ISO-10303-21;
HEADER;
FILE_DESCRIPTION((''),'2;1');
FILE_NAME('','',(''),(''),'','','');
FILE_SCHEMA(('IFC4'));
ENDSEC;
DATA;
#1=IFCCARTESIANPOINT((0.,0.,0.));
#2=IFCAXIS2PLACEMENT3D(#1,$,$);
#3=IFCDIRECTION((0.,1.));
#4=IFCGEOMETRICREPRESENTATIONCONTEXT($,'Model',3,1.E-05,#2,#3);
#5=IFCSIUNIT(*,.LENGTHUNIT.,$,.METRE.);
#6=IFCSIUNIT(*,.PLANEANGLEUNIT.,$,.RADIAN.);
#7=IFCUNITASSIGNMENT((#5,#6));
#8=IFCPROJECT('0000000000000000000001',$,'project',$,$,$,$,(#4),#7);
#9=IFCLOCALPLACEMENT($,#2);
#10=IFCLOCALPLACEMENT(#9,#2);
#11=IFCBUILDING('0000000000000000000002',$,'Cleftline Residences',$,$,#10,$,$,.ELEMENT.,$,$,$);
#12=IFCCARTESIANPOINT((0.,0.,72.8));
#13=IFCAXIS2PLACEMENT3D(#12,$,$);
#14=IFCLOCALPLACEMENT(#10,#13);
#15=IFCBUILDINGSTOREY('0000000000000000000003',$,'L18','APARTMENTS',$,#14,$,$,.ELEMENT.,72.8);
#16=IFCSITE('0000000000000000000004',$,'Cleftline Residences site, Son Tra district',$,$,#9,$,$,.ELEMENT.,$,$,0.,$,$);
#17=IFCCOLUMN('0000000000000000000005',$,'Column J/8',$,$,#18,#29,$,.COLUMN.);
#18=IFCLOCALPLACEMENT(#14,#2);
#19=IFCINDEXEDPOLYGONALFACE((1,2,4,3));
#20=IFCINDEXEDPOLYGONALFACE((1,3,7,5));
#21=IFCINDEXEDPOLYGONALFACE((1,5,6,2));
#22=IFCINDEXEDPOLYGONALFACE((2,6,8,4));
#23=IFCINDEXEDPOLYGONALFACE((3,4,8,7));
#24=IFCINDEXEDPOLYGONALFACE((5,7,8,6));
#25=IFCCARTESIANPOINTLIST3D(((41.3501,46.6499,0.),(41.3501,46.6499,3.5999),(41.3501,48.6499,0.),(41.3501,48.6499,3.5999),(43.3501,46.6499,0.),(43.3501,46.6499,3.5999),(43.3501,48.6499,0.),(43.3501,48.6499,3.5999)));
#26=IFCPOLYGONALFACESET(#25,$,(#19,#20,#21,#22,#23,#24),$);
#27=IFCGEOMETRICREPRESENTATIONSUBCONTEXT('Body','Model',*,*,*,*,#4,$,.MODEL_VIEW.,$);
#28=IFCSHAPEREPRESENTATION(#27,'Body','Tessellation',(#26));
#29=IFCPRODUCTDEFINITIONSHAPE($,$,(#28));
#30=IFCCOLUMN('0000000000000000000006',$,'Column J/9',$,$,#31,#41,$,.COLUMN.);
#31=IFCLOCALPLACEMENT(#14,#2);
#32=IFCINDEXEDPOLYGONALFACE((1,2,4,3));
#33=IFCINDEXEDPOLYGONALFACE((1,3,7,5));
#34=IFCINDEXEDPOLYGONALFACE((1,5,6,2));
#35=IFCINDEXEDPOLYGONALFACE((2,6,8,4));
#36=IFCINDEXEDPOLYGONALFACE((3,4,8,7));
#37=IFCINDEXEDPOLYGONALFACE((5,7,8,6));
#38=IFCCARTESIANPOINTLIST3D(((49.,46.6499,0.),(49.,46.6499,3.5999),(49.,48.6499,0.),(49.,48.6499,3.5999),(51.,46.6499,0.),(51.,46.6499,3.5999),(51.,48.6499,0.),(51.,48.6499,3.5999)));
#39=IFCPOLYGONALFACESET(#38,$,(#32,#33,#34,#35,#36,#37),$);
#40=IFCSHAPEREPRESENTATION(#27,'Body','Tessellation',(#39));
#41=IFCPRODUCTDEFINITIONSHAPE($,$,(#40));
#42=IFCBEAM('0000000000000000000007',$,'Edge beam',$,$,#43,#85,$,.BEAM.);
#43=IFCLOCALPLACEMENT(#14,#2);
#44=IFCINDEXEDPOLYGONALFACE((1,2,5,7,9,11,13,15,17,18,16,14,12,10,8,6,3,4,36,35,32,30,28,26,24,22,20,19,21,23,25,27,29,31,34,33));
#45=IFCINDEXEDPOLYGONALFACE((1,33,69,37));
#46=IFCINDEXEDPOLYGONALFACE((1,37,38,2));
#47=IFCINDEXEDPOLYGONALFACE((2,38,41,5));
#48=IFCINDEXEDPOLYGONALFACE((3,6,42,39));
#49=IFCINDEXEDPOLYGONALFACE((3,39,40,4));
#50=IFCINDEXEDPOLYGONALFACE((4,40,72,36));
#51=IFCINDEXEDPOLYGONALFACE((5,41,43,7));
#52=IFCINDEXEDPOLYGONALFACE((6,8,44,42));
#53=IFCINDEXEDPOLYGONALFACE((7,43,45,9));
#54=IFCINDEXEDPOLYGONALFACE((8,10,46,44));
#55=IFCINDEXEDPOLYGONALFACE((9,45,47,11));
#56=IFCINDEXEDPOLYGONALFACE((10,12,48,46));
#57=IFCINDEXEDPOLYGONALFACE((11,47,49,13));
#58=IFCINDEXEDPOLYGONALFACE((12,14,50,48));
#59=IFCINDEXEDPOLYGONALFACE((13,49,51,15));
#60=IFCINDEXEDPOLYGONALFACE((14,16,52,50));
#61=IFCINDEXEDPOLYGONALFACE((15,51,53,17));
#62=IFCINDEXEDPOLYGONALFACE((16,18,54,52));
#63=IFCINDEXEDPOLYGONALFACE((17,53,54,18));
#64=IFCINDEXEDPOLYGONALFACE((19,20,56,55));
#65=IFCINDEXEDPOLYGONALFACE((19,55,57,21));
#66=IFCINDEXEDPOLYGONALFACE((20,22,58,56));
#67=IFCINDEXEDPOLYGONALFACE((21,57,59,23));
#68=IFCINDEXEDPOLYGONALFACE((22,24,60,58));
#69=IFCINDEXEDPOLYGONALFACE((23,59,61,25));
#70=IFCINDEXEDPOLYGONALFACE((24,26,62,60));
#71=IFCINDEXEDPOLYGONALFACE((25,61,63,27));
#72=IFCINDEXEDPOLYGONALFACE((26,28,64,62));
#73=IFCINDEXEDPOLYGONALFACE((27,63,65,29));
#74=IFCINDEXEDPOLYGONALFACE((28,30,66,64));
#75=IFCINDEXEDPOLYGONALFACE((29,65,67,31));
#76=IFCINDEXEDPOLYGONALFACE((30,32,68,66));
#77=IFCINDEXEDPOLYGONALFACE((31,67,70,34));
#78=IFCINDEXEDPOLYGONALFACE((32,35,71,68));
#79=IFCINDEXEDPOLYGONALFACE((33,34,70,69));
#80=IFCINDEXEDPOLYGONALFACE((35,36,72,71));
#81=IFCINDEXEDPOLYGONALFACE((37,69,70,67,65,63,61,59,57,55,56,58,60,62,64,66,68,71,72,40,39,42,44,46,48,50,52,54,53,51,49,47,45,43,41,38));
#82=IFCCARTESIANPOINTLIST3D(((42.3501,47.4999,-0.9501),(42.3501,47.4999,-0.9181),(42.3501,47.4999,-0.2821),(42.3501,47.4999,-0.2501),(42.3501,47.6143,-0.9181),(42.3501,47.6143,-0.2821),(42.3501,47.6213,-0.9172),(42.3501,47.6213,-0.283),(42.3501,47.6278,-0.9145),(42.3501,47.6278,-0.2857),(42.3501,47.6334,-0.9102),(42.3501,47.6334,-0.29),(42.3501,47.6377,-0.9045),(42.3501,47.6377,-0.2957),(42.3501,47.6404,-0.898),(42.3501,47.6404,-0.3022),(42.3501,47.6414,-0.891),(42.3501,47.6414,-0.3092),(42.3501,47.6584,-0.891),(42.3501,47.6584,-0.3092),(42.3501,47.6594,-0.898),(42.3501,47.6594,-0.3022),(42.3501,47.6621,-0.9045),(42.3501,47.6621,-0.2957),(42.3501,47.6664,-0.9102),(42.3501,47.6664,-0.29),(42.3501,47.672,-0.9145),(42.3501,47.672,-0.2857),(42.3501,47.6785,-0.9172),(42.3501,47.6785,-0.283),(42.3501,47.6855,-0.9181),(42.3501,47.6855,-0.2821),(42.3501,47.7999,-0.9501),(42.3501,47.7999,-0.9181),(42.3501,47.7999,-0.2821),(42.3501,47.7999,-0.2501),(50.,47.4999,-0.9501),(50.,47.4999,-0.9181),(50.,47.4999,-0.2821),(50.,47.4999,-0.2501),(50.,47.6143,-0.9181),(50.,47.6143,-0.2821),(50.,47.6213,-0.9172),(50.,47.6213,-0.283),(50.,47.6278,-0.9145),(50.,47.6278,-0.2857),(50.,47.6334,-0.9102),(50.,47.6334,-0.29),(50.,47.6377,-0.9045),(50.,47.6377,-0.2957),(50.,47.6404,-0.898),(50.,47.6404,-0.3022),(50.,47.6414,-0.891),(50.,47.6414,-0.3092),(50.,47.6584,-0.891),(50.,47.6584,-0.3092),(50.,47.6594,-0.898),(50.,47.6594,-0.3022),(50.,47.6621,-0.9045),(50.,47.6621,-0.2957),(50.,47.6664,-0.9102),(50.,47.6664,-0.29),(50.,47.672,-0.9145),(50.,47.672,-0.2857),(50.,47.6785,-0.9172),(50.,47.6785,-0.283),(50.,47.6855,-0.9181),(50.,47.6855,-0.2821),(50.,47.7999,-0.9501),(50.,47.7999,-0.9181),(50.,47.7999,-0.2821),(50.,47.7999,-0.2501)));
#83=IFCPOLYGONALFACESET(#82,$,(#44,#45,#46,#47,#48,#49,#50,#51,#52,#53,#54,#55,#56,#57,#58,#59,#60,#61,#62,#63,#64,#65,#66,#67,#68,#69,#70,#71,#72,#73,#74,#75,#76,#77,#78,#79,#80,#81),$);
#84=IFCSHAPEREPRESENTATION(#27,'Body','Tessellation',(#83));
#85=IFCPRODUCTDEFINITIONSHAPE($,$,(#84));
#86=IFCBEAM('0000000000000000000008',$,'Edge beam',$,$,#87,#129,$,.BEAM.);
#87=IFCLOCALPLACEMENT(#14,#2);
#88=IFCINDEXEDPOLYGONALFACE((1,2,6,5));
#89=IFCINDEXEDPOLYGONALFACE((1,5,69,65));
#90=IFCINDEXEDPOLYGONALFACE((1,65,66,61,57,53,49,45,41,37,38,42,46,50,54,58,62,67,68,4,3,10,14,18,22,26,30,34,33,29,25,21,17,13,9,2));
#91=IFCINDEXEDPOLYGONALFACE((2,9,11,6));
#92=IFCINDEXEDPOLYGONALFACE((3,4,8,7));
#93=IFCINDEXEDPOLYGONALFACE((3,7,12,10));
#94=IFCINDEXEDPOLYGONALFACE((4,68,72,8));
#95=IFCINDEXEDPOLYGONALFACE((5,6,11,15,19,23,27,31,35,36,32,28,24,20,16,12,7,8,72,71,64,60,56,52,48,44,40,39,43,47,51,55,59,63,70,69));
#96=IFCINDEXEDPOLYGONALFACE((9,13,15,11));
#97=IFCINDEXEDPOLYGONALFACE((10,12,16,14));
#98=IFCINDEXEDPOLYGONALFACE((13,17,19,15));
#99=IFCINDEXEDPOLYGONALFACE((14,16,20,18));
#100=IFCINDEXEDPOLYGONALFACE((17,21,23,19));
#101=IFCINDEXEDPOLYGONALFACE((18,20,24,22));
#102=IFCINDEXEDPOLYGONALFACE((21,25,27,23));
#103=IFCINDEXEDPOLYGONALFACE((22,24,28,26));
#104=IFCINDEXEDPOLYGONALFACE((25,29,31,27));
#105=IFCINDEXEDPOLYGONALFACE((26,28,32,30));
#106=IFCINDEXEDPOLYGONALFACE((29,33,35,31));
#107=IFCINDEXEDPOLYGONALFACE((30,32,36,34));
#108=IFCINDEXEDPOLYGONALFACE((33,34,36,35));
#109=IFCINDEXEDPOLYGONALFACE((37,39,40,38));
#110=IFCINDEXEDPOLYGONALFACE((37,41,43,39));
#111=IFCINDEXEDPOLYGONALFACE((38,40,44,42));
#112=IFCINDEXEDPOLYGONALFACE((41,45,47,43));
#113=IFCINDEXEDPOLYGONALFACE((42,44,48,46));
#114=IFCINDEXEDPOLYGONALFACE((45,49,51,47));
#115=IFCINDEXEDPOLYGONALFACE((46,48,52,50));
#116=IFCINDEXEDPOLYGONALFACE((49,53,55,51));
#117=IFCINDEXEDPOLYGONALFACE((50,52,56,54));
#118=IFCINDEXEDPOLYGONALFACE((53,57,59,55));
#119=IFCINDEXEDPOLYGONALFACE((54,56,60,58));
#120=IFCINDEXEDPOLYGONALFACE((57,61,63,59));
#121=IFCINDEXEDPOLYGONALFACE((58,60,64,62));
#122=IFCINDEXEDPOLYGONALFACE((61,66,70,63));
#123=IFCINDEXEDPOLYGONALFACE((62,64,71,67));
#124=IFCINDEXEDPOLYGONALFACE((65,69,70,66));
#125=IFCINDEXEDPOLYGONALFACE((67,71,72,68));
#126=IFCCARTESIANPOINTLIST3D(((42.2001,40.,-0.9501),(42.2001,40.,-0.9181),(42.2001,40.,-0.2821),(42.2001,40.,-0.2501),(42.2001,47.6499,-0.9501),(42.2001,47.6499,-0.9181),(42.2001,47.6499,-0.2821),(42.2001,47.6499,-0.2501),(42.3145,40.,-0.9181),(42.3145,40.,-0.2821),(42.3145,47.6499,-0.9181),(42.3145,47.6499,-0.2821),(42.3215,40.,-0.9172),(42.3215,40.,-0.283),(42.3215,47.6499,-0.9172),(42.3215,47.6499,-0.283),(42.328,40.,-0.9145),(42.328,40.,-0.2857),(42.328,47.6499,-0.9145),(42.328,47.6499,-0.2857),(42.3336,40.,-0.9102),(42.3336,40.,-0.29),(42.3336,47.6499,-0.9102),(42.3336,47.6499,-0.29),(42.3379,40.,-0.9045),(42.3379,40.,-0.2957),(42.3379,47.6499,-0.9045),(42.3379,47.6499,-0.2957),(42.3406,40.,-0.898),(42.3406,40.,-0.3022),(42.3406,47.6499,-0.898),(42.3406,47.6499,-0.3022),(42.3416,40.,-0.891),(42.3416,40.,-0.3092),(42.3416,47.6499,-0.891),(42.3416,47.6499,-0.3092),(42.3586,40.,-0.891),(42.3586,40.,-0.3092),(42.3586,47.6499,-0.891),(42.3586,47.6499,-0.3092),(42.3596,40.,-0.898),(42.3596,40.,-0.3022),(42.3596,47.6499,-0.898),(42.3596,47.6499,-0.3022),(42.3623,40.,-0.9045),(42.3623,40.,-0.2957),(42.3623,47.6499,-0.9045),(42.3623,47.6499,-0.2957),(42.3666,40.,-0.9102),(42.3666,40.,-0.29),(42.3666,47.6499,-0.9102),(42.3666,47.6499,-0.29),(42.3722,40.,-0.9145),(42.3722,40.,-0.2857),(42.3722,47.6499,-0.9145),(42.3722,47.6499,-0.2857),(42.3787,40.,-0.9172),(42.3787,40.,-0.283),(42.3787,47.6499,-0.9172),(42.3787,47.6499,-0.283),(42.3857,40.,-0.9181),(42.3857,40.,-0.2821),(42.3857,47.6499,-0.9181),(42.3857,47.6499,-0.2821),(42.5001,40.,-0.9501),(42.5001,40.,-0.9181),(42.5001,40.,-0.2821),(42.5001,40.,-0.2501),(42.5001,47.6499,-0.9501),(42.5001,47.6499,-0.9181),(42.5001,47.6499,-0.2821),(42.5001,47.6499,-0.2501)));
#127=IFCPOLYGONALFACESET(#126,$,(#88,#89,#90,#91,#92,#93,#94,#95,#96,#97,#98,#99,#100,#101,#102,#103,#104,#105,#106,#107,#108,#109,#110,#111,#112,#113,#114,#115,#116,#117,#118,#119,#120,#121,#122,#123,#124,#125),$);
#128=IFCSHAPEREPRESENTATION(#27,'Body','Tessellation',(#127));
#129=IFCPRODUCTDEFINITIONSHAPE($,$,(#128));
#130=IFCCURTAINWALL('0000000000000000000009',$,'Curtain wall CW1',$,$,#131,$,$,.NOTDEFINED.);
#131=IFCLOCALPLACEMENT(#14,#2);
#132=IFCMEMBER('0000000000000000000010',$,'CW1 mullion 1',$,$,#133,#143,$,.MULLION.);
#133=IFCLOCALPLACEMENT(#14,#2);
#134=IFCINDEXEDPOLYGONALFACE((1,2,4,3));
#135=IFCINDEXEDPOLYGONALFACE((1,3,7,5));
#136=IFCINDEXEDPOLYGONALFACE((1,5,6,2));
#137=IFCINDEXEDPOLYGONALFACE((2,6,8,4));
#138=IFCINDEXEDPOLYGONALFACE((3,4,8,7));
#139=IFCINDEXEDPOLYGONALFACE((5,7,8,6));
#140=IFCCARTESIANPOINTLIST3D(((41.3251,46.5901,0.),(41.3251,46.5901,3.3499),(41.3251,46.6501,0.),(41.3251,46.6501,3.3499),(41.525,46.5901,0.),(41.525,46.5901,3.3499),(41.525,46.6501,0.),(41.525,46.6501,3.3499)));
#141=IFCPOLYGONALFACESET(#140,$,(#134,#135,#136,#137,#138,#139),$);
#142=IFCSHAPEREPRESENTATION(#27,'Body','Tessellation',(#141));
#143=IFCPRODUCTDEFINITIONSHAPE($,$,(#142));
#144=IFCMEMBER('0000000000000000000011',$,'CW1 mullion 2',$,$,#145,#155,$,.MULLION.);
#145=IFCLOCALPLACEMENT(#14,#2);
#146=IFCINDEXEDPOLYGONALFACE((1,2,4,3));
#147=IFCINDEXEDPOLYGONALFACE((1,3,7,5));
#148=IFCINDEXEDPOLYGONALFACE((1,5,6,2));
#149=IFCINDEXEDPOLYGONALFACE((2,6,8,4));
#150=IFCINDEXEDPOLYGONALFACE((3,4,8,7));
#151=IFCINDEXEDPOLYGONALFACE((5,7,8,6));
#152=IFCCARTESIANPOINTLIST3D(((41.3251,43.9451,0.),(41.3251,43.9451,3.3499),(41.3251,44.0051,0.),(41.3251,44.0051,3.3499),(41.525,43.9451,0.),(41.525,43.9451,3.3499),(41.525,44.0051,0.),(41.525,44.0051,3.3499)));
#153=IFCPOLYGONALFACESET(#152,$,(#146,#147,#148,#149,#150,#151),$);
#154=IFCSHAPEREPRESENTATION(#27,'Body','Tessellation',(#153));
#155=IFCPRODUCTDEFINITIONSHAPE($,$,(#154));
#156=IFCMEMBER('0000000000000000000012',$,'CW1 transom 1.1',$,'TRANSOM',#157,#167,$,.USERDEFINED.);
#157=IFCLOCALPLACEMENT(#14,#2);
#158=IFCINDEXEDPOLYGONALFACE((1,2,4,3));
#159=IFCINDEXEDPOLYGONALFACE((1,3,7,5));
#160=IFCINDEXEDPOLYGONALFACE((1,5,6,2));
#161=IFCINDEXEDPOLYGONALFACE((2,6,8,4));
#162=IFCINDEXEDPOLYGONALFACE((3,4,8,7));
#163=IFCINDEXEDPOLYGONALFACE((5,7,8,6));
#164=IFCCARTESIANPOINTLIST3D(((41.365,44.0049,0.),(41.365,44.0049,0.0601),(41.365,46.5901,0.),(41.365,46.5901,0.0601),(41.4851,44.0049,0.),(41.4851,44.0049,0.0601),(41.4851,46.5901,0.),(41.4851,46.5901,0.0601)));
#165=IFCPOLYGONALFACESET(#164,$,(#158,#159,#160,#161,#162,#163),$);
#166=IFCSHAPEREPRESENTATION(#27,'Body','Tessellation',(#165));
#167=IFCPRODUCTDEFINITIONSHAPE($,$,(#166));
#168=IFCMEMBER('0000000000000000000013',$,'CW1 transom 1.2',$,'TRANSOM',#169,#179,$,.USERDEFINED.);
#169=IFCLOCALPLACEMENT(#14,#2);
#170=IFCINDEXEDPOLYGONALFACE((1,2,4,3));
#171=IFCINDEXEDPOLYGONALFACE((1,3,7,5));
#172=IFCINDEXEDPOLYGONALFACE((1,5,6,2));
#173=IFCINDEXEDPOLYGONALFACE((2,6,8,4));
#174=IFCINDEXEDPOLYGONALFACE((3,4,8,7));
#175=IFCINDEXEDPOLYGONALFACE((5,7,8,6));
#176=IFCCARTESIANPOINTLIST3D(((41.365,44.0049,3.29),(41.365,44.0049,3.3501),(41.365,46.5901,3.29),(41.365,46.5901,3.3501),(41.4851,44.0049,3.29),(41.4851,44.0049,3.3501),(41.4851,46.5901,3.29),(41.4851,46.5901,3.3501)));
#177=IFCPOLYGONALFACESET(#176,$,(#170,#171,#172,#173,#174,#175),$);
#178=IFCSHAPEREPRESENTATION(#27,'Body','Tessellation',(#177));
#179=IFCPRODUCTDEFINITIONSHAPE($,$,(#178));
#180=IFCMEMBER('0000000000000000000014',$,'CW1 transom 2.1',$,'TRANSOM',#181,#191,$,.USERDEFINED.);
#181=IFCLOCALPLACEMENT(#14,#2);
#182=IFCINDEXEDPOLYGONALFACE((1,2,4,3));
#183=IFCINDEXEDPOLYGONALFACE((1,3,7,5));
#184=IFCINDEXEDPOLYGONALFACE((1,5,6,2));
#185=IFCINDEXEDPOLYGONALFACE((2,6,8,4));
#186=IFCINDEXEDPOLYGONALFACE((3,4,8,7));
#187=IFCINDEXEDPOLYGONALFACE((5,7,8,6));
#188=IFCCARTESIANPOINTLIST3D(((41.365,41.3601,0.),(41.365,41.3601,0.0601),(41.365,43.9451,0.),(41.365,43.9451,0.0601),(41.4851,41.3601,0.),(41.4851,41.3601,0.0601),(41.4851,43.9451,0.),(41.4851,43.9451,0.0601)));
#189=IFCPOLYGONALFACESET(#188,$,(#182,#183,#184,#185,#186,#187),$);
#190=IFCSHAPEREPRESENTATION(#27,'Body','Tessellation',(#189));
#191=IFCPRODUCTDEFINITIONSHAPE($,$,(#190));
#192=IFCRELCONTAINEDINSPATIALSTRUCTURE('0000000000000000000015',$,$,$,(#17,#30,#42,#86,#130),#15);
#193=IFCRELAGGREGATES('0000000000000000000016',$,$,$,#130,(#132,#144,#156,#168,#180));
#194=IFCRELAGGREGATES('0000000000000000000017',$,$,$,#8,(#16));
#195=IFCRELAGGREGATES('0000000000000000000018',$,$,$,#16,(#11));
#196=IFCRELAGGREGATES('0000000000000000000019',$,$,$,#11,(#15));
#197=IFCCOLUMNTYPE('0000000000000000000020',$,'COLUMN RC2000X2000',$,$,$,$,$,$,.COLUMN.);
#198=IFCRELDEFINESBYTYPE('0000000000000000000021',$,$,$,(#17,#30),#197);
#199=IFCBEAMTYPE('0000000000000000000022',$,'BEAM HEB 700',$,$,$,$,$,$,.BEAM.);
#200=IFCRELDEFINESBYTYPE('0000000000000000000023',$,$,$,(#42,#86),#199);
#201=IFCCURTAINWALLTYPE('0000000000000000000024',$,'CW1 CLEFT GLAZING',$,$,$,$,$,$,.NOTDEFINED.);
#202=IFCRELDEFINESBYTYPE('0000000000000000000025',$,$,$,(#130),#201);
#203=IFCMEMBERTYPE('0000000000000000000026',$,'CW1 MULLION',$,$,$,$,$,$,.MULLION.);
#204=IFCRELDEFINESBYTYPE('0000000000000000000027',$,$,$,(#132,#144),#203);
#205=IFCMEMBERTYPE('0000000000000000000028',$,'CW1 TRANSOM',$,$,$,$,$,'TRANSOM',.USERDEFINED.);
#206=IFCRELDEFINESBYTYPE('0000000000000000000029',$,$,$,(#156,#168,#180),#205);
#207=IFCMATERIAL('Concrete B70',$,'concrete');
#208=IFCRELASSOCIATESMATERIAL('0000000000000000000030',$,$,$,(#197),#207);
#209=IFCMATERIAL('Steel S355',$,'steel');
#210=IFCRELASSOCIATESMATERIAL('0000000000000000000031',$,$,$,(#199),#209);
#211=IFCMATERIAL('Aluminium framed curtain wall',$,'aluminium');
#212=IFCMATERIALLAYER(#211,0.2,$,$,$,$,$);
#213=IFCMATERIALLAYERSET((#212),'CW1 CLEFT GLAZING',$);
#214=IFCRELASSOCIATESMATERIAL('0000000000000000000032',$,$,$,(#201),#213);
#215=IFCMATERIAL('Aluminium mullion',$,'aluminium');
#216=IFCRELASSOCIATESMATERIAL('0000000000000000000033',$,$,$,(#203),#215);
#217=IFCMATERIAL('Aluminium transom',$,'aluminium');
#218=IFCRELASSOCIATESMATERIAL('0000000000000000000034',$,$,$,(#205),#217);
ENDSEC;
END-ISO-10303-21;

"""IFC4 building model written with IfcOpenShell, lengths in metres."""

from ifc_helpers import new_model, si_unit, direction, frame, origin, origin_2d, place, context, subcontext, project, spatial, rectangle, i_section, extrude, material, layer, layer_set, material_profile, profile_set, type_object, element, aggregate, save


model = new_model("IFC4")

# Units and contexts
model_context = context("Model", 3, precision=1e-05, world=origin(), true_north=direction((0.0, 1.0)))
body_context = subcontext(model_context, "Body", "Model", "MODEL_VIEW")
ifc_project = project(units=[si_unit("LENGTHUNIT", "METRE"), si_unit("PLANEANGLEUNIT", "RADIAN")], contexts=[model_context])

# Site, building, storey
site_placement = place(None, origin())
site = spatial("IfcSite", under=ifc_project, at=site_placement, Name="Cleftline Residences site, Son Tra district", CompositionType="ELEMENT", RefElevation=0.0)
building_placement = place(site_placement, origin())
building = spatial("IfcBuilding", under=site, at=building_placement, Name="Cleftline Residences", CompositionType="ELEMENT")
storey_placement = place(building_placement, frame((0.0, 0.0, 72.8)))
storey = spatial("IfcBuildingStorey", under=building, at=storey_placement, Name="L18", Description="APARTMENTS", CompositionType="ELEMENT", Elevation=72.8)

# Columns
ifc_material_1 = material(Name="Concrete B70", Category="concrete")
ifc_material_profile_1 = material_profile(ifc_material_1, rectangle(XDim=2.0, YDim=2.0, at=origin_2d()))
ifc_profile_set_1 = profile_set([ifc_material_profile_1], Name="Concrete B70")
column_type = type_object("IfcColumnType", Name="COLUMN RC2000X2000", PredefinedType="COLUMN", material=ifc_profile_set_1)
for number, where, z_axis, x_axis, name in (
    (1, (42.3501, 47.6499, 0.0), (0.0, 0.0, 1.0), (1.0, 0.0, 0.0), "Column J/8"),
    (2, (50.0, 47.6499, 0.0), (0.0, 0.0, 1.0), (1.0, 0.0, 0.0), "Column J/9"),
):
    element("IfcColumn", number, at=place(storey_placement, frame(where, z_axis=z_axis, x_axis=x_axis)), inside=storey, type_object=column_type, Name=name, PredefinedType="COLUMN", context=body_context, shape_type="SweptSolid", body=[
        extrude(rectangle(XDim=2.0, YDim=2.0, at=origin_2d()), origin(), (0.0, 0.0, 1.0), 3.5999),
    ])

# Beams
ifc_material_2 = material(Name="Steel S355", Category="steel")
ifc_material_profile_2 = material_profile(ifc_material_2, i_section(OverallWidth=0.3, OverallDepth=0.7, WebThickness=0.0171, FlangeThickness=0.032, FilletRadius=0.0271, at=origin_2d()))
ifc_profile_set_2 = profile_set([ifc_material_profile_2], Name="Steel S355")
beam_type = type_object("IfcBeamType", Name="BEAM HEB 700", PredefinedType="BEAM", material=ifc_profile_set_2)
for number, where, z_axis, x_axis, name in (
    (3, (50.0, 47.6499, -0.6001), (-1.0, 0.0, 0.0), (0.0, -1.0, 0.0), "Edge beam"),
    (4, (42.3501, 47.6499, -0.6001), (0.0, -1.0, 0.0), (1.0, 0.0, 0.0), "Edge beam"),
):
    element("IfcBeam", number, at=place(storey_placement, frame(where, z_axis=z_axis, x_axis=x_axis)), inside=storey, type_object=beam_type, Name=name, PredefinedType="BEAM", context=body_context, shape_type="SweptSolid", body=[
        extrude(i_section(OverallWidth=0.3, OverallDepth=0.7, WebThickness=0.0171, FlangeThickness=0.032, FilletRadius=0.0271, at=origin_2d()), origin(), (0.0, 0.0, 1.0), 7.6499),
    ])

# Curtain wall, members
ifc_material_3 = material(Name="Aluminium framed curtain wall", Category="aluminium")
ifc_layer_1 = layer(ifc_material_3, 0.2)
ifc_layer_set_1 = layer_set([ifc_layer_1], Name="CW1 CLEFT GLAZING")
curtain_wall_type = type_object("IfcCurtainWallType", Name="CW1 CLEFT GLAZING", PredefinedType="NOTDEFINED", material=ifc_layer_set_1)
curtain_wall_placement = place(storey_placement, origin())
curtain_wall = element("IfcCurtainWall", 5, at=curtain_wall_placement, inside=storey, type_object=curtain_wall_type, Name="Curtain wall CW1", PredefinedType="NOTDEFINED")
ifc_material_4 = material(Name="Aluminium mullion", Category="aluminium")
ifc_material_profile_3 = material_profile(ifc_material_4, rectangle(XDim=0.2, YDim=0.0601, at=origin_2d()))
ifc_profile_set_3 = profile_set([ifc_material_profile_3], Name="Aluminium mullion")
member_type_1 = type_object("IfcMemberType", Name="CW1 MULLION", PredefinedType="MULLION", material=ifc_profile_set_3)
member_1_placement = place(storey_placement, frame((41.425, 46.6201, 0.0), z_axis=(0.0, 0.0, 1.0), x_axis=(1.0, 0.0, 0.0)))
member_1 = element("IfcMember", 6, at=member_1_placement, type_object=member_type_1, Name="CW1 mullion 1", PredefinedType="MULLION", context=body_context, shape_type="SweptSolid", body=[
    extrude(rectangle(XDim=0.2, YDim=0.0601, at=origin_2d()), origin(), (0.0, 0.0, 1.0), 3.3499),
])
member_2_placement = place(storey_placement, frame((41.425, 43.9751, 0.0), z_axis=(0.0, 0.0, 1.0), x_axis=(1.0, 0.0, 0.0)))
member_2 = element("IfcMember", 7, at=member_2_placement, type_object=member_type_1, Name="CW1 mullion 2", PredefinedType="MULLION", context=body_context, shape_type="SweptSolid", body=[
    extrude(rectangle(XDim=0.2, YDim=0.0601, at=origin_2d()), origin(), (0.0, 0.0, 1.0), 3.3499),
])
ifc_material_5 = material(Name="Aluminium transom", Category="aluminium")
ifc_material_profile_4 = material_profile(ifc_material_5, rectangle(XDim=0.1201, YDim=0.0601, at=origin_2d()))
ifc_profile_set_4 = profile_set([ifc_material_profile_4], Name="Aluminium transom")
member_type_2 = type_object("IfcMemberType", Name="CW1 TRANSOM", ElementType="TRANSOM", PredefinedType="USERDEFINED", material=ifc_profile_set_4)
member_3_placement = place(storey_placement, frame((41.425, 46.5901, 0.03), z_axis=(0.0, -1.0, 0.0), x_axis=(1.0, 0.0, 0.0)))
member_3 = element("IfcMember", 8, at=member_3_placement, type_object=member_type_2, Name="CW1 transom 1.1", ObjectType="TRANSOM", PredefinedType="USERDEFINED", context=body_context, shape_type="SweptSolid", body=[
    extrude(rectangle(XDim=0.1201, YDim=0.0601, at=origin_2d()), origin(), (0.0, 0.0, 1.0), 2.5852),
])
member_4_placement = place(storey_placement, frame((41.425, 46.5901, 3.3201), z_axis=(0.0, -1.0, 0.0), x_axis=(1.0, 0.0, 0.0)))
member_4 = element("IfcMember", 9, at=member_4_placement, type_object=member_type_2, Name="CW1 transom 1.2", ObjectType="TRANSOM", PredefinedType="USERDEFINED", context=body_context, shape_type="SweptSolid", body=[
    extrude(rectangle(XDim=0.1201, YDim=0.0601, at=origin_2d()), origin(), (0.0, 0.0, 1.0), 2.5852),
])
member_5_placement = place(storey_placement, frame((41.425, 43.9451, 0.03), z_axis=(0.0, -1.0, 0.0), x_axis=(1.0, 0.0, 0.0)))
member_5 = element("IfcMember", 10, at=member_5_placement, type_object=member_type_2, Name="CW1 transom 2.1", ObjectType="TRANSOM", PredefinedType="USERDEFINED", context=body_context, shape_type="SweptSolid", body=[
    extrude(rectangle(XDim=0.1201, YDim=0.0601, at=origin_2d()), origin(), (0.0, 0.0, 1.0), 2.585),
])
aggregate(curtain_wall, [member_1, member_2, member_3, member_4, member_5])

save(model, "model.ifc")
